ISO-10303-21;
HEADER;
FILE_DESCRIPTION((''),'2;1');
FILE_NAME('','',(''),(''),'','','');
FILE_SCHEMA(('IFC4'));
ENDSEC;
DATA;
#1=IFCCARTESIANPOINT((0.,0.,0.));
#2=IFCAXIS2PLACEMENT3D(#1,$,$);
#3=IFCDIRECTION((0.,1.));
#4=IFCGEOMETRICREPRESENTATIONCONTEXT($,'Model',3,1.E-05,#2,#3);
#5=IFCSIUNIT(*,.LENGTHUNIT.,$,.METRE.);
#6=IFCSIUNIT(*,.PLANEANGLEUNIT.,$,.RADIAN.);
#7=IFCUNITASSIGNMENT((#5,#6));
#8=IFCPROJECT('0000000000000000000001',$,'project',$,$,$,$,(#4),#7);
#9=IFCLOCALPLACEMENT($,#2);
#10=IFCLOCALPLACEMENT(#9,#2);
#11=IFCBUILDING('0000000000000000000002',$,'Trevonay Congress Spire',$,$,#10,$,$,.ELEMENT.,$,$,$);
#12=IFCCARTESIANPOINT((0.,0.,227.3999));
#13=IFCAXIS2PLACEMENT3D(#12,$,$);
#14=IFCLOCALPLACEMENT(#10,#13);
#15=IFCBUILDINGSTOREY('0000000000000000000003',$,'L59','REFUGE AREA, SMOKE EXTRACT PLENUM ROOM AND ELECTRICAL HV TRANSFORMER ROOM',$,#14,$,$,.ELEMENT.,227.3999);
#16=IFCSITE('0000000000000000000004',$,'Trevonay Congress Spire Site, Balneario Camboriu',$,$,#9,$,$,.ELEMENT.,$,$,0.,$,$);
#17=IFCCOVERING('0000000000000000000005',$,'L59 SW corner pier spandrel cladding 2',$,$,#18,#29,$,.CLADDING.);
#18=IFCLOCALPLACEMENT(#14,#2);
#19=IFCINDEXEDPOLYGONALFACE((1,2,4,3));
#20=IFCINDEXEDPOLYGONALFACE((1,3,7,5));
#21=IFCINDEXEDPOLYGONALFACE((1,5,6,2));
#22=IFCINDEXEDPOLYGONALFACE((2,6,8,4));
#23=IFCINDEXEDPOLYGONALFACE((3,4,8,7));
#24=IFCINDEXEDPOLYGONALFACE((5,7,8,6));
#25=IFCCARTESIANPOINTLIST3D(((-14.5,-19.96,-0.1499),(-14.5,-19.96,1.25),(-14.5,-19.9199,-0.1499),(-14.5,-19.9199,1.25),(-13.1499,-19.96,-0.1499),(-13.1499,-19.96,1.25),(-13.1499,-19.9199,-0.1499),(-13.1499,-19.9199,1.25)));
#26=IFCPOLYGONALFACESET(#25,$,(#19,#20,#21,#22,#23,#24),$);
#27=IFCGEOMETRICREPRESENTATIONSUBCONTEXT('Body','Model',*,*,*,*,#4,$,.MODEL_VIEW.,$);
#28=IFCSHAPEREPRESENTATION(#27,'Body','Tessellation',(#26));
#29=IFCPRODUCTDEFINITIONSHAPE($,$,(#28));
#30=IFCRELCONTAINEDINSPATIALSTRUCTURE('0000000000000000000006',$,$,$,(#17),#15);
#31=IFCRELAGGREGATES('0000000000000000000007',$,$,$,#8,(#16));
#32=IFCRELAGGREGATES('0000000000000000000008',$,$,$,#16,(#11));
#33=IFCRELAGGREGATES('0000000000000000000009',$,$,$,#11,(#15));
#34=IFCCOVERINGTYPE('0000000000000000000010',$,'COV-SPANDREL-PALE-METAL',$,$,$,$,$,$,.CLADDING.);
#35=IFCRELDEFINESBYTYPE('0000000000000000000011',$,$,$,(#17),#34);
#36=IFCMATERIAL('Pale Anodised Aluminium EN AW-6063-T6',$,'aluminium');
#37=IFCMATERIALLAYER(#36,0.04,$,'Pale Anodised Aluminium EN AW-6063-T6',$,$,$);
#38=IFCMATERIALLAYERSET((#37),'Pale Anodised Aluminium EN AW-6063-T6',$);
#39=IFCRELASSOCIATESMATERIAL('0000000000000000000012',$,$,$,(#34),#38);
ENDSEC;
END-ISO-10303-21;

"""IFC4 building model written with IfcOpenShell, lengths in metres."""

from ifc_helpers import new_model, si_unit, direction, frame, frame_2d, origin, place, context, subcontext, project, spatial, rectangle, extrude, material, layer, layer_set, type_object, element, save


model = new_model("IFC4")

# Units and contexts
model_context = context("Model", 3, precision=1e-05, world=origin(), true_north=direction((0.0, 1.0)))
body_context = subcontext(model_context, "Body", "Model", "MODEL_VIEW")
ifc_project = project(units=[si_unit("LENGTHUNIT", "METRE"), si_unit("PLANEANGLEUNIT", "RADIAN")], contexts=[model_context])

# Site, building, storey
site_placement = place(None, origin())
site = spatial("IfcSite", under=ifc_project, at=site_placement, Name="Trevonay Congress Spire Site, Balneario Camboriu", CompositionType="ELEMENT", RefElevation=0.0)
building_placement = place(site_placement, origin())
building = spatial("IfcBuilding", under=site, at=building_placement, Name="Trevonay Congress Spire", CompositionType="ELEMENT")
storey_placement = place(building_placement, frame((0.0, 0.0, 227.3999)))
storey = spatial("IfcBuildingStorey", under=building, at=storey_placement, Name="L59", Description="REFUGE AREA, SMOKE EXTRACT PLENUM ROOM AND ELECTRICAL HV TRANSFORMER ROOM", CompositionType="ELEMENT", Elevation=227.3999)

# Covering
ifc_material_1 = material(Name="Pale Anodised Aluminium EN AW-6063-T6", Category="aluminium")
ifc_layer_1 = layer(ifc_material_1, 0.04, Name="Pale Anodised Aluminium EN AW-6063-T6")
ifc_layer_set_1 = layer_set([ifc_layer_1], Name="Pale Anodised Aluminium EN AW-6063-T6")
covering_type = type_object("IfcCoveringType", Name="COV-SPANDREL-PALE-METAL", PredefinedType="CLADDING", material=ifc_layer_set_1)
covering_1_placement = place(storey_placement, frame((-13.1499, -19.9399, -0.1499), z_axis=(0.0, 0.0, 1.0), x_axis=(-1.0, 0.0, 0.0)))
element("IfcCovering", 1, at=covering_1_placement, inside=storey, type_object=covering_type, Name="L59 SW corner pier spandrel cladding 2", PredefinedType="CLADDING", context=body_context, shape_type="SweptSolid", body=[
    extrude(rectangle(XDim=1.3501, YDim=0.04, at=frame_2d((0.675, 0.0))), origin(), (0.0, 0.0, 1.0), 1.3999),
])

save(model, "model.ifc")
